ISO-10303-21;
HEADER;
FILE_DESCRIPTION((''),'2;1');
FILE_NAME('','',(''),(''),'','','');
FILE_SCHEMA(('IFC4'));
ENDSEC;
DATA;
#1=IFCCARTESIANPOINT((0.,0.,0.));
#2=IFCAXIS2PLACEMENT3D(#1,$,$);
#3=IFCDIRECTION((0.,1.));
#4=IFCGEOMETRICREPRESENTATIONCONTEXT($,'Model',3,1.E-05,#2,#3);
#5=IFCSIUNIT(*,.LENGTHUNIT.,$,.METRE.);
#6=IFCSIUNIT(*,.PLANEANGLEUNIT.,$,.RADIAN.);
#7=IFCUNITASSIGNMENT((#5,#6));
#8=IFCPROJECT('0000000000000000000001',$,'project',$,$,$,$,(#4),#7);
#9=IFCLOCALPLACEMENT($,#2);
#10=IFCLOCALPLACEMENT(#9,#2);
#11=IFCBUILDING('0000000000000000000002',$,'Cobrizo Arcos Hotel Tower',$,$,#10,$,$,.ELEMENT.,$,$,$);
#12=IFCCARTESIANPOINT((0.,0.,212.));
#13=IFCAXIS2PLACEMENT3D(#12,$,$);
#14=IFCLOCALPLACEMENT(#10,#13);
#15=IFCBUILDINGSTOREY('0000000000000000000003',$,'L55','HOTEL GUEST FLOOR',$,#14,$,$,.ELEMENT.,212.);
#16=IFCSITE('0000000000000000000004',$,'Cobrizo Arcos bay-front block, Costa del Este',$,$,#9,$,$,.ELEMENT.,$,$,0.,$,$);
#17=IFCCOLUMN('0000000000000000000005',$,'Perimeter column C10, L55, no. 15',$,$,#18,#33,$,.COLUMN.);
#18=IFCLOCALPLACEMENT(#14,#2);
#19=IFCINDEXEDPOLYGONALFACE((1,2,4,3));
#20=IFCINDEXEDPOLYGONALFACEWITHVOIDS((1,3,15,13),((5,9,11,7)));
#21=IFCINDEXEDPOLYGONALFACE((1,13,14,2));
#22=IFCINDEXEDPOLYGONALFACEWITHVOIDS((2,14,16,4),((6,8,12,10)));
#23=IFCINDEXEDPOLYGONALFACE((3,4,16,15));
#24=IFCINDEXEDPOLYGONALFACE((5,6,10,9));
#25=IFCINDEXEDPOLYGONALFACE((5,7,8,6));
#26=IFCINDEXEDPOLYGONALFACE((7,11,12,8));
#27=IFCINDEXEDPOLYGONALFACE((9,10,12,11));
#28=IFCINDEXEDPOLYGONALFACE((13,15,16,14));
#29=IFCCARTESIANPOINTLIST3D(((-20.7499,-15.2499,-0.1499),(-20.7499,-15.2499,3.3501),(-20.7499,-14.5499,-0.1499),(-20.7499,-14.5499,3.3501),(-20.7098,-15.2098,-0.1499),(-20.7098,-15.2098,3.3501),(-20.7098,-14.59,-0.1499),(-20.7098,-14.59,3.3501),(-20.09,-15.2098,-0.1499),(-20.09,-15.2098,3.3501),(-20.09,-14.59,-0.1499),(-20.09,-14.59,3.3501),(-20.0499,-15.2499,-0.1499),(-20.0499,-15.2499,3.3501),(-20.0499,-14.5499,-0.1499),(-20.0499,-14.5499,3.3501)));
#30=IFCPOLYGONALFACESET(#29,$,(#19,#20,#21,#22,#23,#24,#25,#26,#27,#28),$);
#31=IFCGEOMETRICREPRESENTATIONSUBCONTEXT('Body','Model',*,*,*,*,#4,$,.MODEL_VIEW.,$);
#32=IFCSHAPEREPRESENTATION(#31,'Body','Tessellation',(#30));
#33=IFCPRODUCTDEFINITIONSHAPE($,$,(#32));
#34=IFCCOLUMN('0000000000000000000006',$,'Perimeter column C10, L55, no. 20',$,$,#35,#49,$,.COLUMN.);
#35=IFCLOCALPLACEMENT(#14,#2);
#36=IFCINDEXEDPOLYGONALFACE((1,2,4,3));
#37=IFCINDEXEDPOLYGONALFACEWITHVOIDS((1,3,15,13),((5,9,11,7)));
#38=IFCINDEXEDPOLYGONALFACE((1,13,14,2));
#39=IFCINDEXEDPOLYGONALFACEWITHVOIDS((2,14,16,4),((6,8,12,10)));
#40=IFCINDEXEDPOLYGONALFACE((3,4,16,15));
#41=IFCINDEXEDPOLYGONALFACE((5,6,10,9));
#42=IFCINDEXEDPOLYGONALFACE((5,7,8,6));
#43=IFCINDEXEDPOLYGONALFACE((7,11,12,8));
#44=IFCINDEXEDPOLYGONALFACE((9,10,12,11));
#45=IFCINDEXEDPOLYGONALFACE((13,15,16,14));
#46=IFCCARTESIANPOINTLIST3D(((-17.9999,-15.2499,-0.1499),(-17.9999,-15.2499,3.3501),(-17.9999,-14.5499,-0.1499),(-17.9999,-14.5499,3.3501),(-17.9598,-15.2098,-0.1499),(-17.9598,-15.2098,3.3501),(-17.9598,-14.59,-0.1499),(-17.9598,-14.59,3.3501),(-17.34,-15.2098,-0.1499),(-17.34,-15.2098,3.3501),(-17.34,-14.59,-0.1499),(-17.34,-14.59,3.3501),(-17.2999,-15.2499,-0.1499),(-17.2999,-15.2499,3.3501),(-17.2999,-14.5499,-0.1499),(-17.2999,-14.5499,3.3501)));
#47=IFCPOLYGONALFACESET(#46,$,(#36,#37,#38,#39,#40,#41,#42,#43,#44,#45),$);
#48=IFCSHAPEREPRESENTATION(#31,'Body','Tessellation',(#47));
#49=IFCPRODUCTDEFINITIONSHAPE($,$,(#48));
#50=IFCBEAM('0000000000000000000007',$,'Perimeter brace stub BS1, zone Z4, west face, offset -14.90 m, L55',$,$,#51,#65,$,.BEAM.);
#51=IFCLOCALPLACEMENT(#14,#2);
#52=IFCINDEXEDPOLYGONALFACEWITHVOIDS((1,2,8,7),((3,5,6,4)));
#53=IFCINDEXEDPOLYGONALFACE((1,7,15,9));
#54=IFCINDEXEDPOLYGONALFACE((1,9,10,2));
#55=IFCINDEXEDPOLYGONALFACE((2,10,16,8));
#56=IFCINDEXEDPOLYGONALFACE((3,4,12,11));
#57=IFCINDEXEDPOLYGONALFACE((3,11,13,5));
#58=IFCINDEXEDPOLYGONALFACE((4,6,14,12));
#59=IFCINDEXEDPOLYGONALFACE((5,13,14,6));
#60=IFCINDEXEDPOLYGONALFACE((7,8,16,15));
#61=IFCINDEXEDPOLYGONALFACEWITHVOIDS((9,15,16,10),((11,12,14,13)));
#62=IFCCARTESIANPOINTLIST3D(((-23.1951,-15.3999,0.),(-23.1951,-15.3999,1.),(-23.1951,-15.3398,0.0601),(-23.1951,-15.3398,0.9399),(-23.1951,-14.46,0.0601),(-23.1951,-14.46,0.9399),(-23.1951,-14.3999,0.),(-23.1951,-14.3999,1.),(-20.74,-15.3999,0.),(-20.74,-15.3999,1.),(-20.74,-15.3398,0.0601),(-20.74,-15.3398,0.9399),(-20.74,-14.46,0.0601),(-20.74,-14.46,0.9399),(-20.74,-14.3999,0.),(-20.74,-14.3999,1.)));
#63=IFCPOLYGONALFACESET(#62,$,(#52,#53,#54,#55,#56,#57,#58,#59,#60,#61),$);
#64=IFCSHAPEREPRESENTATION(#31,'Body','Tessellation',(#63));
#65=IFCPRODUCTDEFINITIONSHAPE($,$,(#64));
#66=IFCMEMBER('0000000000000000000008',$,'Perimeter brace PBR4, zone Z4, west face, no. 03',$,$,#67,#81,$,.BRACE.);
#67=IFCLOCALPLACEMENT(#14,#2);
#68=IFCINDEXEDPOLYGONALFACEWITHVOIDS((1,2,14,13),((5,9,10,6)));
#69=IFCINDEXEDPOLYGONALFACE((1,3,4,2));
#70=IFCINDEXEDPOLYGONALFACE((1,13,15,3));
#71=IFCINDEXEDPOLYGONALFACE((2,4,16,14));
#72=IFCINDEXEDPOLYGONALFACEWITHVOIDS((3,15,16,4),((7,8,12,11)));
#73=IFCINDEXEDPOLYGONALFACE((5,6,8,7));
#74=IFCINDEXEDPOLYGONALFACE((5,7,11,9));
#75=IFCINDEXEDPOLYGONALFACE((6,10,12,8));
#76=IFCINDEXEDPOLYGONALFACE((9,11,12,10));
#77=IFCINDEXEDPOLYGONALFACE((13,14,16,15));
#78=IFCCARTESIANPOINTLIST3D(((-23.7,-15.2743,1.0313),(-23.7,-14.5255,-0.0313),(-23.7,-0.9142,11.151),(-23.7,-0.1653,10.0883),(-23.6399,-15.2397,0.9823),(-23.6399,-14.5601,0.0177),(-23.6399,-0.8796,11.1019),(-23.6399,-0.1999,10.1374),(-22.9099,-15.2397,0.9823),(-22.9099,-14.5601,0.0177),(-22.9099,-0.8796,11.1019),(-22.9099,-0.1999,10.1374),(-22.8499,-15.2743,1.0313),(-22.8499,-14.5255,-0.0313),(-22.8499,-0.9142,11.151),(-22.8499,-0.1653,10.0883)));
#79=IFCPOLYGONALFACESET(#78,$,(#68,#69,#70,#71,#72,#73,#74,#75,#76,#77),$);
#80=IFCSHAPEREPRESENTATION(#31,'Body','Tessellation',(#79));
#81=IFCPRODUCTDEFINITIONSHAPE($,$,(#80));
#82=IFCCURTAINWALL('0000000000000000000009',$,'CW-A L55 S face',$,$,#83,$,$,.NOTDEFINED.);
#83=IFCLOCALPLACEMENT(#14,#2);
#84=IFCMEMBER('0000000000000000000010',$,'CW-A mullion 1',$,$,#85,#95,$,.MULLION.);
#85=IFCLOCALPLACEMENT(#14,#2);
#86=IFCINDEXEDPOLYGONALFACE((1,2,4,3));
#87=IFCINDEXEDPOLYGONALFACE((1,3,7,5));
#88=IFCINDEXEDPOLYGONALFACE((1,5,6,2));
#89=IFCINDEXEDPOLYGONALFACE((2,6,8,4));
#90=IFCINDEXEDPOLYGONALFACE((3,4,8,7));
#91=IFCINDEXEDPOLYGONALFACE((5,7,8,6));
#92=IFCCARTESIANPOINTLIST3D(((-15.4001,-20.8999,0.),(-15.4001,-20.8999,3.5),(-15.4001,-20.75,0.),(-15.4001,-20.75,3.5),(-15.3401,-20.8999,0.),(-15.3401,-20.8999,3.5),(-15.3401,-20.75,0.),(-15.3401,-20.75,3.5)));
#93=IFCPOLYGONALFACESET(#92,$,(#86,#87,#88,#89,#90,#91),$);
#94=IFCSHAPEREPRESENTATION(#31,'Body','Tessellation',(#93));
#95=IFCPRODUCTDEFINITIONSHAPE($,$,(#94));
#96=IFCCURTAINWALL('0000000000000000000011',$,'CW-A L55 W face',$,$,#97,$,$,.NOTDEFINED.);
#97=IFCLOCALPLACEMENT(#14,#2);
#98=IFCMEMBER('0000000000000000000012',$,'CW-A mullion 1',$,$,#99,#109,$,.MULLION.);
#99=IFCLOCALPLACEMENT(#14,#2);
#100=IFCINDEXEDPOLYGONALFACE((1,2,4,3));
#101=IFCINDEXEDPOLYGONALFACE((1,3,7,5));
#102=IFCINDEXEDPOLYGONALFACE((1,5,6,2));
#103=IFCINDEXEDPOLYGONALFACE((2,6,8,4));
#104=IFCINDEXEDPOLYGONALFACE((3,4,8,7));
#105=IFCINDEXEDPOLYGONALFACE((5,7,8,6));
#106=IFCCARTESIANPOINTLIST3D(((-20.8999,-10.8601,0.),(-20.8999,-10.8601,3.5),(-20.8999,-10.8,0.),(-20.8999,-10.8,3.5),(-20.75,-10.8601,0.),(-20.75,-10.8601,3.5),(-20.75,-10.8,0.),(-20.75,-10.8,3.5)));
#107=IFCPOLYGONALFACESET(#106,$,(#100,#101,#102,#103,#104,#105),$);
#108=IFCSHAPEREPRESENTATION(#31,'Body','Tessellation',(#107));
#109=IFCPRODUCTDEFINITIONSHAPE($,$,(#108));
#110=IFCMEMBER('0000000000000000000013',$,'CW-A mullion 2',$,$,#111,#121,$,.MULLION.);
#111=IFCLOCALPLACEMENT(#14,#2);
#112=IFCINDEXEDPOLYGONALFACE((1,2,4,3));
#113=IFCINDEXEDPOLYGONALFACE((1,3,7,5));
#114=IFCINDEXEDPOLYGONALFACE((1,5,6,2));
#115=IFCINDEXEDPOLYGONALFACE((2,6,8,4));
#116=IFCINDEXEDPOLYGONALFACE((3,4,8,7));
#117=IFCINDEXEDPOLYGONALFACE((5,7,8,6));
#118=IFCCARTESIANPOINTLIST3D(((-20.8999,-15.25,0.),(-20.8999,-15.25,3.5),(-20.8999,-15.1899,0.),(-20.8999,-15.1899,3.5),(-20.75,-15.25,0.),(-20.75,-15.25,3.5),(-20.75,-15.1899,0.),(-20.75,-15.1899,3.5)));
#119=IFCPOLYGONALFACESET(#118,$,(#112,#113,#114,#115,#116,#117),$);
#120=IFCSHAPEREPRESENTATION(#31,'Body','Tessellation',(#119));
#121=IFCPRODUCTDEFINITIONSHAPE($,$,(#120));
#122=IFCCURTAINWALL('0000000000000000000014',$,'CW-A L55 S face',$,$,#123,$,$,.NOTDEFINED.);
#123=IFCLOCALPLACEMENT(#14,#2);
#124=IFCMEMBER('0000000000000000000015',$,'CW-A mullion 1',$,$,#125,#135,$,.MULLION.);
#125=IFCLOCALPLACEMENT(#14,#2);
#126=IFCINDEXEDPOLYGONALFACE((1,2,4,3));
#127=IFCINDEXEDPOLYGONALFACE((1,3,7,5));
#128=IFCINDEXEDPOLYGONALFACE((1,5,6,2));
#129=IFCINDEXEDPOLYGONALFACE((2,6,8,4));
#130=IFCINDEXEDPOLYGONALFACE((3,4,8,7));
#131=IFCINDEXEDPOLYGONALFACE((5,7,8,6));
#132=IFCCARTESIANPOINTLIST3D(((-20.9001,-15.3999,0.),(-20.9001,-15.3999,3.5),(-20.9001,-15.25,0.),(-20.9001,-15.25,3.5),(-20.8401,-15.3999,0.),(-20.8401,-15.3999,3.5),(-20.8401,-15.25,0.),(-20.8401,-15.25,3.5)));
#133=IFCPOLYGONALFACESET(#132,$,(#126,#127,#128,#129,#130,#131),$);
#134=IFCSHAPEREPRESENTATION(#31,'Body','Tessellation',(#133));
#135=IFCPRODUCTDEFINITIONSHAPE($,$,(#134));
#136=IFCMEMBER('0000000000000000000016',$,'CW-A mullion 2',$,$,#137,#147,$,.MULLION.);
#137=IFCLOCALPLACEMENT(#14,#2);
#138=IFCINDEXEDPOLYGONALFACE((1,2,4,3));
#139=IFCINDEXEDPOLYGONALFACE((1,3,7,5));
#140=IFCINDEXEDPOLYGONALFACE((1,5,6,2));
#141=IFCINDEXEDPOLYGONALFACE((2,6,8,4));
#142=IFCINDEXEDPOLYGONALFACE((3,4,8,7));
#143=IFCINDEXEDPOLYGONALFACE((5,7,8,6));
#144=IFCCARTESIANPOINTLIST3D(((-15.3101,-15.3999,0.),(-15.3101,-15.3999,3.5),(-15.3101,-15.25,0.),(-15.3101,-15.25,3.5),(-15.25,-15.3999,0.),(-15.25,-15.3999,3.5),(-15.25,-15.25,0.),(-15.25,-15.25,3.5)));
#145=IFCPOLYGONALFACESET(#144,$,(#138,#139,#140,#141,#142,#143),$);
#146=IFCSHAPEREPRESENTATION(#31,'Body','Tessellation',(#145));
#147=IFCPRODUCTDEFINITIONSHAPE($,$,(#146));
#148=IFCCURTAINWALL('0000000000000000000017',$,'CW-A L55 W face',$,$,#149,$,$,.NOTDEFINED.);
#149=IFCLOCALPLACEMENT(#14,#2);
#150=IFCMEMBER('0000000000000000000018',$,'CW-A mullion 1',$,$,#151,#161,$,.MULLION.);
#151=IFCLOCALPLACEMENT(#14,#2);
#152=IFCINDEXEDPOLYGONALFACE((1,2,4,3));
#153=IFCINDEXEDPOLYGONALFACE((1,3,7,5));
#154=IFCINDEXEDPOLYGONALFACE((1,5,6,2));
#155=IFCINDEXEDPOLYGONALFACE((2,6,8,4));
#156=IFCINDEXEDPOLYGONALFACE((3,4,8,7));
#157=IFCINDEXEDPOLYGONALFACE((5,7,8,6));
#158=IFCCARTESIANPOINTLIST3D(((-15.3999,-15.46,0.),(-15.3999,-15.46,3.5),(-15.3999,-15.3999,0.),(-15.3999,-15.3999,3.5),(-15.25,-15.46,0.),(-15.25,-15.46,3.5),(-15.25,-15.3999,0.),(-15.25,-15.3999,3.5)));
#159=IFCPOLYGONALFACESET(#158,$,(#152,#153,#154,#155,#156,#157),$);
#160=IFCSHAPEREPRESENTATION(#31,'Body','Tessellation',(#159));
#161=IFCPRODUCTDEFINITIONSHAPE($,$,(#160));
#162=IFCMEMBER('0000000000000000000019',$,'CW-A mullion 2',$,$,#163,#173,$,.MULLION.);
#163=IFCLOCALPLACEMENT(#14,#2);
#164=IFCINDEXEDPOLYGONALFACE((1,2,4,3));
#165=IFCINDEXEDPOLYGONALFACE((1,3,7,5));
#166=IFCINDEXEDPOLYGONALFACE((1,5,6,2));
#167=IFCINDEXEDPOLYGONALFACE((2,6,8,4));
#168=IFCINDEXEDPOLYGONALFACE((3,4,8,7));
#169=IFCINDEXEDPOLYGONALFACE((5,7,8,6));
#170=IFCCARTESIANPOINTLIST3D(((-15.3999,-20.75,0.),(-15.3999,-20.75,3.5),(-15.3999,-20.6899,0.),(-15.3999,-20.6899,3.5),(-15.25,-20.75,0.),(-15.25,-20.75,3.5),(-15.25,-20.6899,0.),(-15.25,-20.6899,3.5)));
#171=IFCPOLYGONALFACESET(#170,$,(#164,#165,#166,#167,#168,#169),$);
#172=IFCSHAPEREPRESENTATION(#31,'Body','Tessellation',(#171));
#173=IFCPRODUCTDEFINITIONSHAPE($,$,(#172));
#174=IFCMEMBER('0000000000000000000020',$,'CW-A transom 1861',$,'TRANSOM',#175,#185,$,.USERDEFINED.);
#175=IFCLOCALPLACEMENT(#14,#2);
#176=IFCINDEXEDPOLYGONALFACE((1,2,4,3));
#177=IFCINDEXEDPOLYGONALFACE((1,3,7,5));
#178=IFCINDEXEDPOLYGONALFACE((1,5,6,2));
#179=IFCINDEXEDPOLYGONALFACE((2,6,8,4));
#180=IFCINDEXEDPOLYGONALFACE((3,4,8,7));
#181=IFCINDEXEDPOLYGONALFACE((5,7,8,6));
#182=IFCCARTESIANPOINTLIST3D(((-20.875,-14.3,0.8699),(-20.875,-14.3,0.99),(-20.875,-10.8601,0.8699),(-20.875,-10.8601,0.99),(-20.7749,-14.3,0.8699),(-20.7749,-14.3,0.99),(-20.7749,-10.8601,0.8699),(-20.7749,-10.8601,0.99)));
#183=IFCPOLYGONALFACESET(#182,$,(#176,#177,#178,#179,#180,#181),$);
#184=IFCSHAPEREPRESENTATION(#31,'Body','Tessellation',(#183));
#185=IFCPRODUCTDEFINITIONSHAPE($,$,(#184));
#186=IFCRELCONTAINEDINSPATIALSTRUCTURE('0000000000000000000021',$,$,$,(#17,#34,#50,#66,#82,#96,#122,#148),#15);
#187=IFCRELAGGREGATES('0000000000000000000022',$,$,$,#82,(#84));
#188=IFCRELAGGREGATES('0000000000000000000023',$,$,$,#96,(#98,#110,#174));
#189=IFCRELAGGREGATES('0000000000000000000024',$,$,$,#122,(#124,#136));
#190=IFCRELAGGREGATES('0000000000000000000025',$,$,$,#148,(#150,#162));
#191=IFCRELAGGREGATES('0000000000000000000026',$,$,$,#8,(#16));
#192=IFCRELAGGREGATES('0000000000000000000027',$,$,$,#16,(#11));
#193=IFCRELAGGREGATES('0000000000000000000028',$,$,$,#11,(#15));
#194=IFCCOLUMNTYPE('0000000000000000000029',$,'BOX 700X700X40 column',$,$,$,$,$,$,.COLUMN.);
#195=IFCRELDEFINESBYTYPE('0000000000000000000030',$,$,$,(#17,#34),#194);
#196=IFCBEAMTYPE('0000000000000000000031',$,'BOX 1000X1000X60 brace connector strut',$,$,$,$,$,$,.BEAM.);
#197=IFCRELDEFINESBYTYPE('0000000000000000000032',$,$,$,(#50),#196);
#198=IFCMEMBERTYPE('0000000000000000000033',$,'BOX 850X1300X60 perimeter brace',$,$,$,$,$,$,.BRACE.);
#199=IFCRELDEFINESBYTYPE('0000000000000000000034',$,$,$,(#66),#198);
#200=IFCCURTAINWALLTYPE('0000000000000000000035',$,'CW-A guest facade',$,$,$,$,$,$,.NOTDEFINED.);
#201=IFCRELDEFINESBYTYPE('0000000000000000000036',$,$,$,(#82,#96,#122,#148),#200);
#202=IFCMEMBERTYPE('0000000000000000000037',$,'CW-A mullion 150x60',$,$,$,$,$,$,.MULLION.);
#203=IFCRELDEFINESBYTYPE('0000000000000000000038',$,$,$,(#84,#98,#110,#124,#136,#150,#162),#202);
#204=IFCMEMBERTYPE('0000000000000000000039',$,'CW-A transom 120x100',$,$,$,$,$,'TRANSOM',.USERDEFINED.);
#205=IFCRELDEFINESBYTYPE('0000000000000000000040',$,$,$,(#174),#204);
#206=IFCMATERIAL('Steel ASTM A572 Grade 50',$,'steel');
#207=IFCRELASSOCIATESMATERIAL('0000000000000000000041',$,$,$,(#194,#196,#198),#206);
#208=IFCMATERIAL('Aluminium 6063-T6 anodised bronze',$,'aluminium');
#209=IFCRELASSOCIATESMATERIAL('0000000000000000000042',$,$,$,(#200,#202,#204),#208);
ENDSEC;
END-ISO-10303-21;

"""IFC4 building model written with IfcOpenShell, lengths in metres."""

from ifc_helpers import new_model, si_unit, direction, frame, origin, origin_2d, place, context, subcontext, project, spatial, rectangle, hollow_rectangle, extrude, material, material_profile, profile_set, type_object, element, aggregate, save


model = new_model("IFC4")

# Units and contexts
model_context = context("Model", 3, precision=1e-05, world=origin(), true_north=direction((0.0, 1.0)))
body_context = subcontext(model_context, "Body", "Model", "MODEL_VIEW")
ifc_project = project(units=[si_unit("LENGTHUNIT", "METRE"), si_unit("PLANEANGLEUNIT", "RADIAN")], contexts=[model_context])

# Site, building, storey
site_placement = place(None, origin())
site = spatial("IfcSite", under=ifc_project, at=site_placement, Name="Cobrizo Arcos bay-front block, Costa del Este", CompositionType="ELEMENT", RefElevation=0.0)
building_placement = place(site_placement, origin())
building = spatial("IfcBuilding", under=site, at=building_placement, Name="Cobrizo Arcos Hotel Tower", CompositionType="ELEMENT")
storey_placement = place(building_placement, frame((0.0, 0.0, 212.0)))
storey = spatial("IfcBuildingStorey", under=building, at=storey_placement, Name="L55", Description="HOTEL GUEST FLOOR", CompositionType="ELEMENT", Elevation=212.0)

# Columns
ifc_material_1 = material(Name="Steel ASTM A572 Grade 50", Category="steel")
ifc_material_profile_1 = material_profile(ifc_material_1, hollow_rectangle(XDim=0.7, YDim=0.7, WallThickness=0.04, at=origin_2d()), Name="BOX 700X700X40")
ifc_profile_set_1 = profile_set([ifc_material_profile_1], Name="Steel ASTM A572 Grade 50")
column_type = type_object("IfcColumnType", Name="BOX 700X700X40 column", PredefinedType="COLUMN", material=ifc_profile_set_1)
for number, where, z_axis, x_axis, name in (
    (1, (-20.3999, -14.8999, -0.1499), (0.0, 0.0, 1.0), (1.0, 0.0, 0.0), "Perimeter column C10, L55, no. 15"),
    (2, (-17.6499, -14.8999, -0.1499), (0.0, 0.0, 1.0), (1.0, 0.0, 0.0), "Perimeter column C10, L55, no. 20"),
):
    element("IfcColumn", number, at=place(storey_placement, frame(where, z_axis=z_axis, x_axis=x_axis)), inside=storey, type_object=column_type, Name=name, PredefinedType="COLUMN", context=body_context, shape_type="SweptSolid", body=[
        extrude(hollow_rectangle(XDim=0.7, YDim=0.7, WallThickness=0.04, at=origin_2d()), origin(), (0.0, 0.0, 1.0), 3.5),
    ])

# Beam
ifc_material_profile_2 = material_profile(ifc_material_1, hollow_rectangle(XDim=1.0, YDim=1.0, WallThickness=0.0601, at=origin_2d()), Name="BOX 1000X1000X60")
ifc_profile_set_2 = profile_set([ifc_material_profile_2], Name="Steel ASTM A572 Grade 50")
beam_type_1 = type_object("IfcBeamType", Name="BOX 1000X1000X60 brace connector strut", PredefinedType="BEAM", material=ifc_profile_set_2)
beam_1_placement = place(storey_placement, frame((-20.74, -14.8999, 0.5), z_axis=(-1.0, 0.0, 0.0), x_axis=(0.0, -1.0, 0.0)))
element("IfcBeam", 3, at=beam_1_placement, inside=storey, type_object=beam_type_1, Name="Perimeter brace stub BS1, zone Z4, west face, offset -14.90 m, L55", PredefinedType="BEAM", context=body_context, shape_type="SweptSolid", body=[
    extrude(hollow_rectangle(XDim=1.0, YDim=1.0, WallThickness=0.0601, at=origin_2d()), origin(), (0.0, 0.0, 1.0), 2.4551),
])

# Member
ifc_material_profile_3 = material_profile(ifc_material_1, hollow_rectangle(XDim=0.8501, YDim=1.3, WallThickness=0.0601, at=origin_2d()), Name="BOX 850X1300X60")
ifc_profile_set_3 = profile_set([ifc_material_profile_3], Name="Steel ASTM A572 Grade 50")
member_type_1 = type_object("IfcMemberType", Name="BOX 850X1300X60 perimeter brace", PredefinedType="BRACE", material=ifc_profile_set_3)
member_1_placement = place(storey_placement, frame((-23.2749, -14.8999, 0.5), z_axis=(0.0, 0.817421, 0.57604), x_axis=(-1.0, 0.0, 0.0)))
element("IfcMember", 4, at=member_1_placement, inside=storey, type_object=member_type_1, Name="Perimeter brace PBR4, zone Z4, west face, no. 03", PredefinedType="BRACE", context=body_context, shape_type="SweptSolid", body=[
    extrude(hollow_rectangle(XDim=0.8501, YDim=1.3, WallThickness=0.0601, at=origin_2d()), origin(), (0.0, 0.0, 1.0), 17.5676),
])

# Curtain wall, member
ifc_material_2 = material(Name="Aluminium 6063-T6 anodised bronze", Category="aluminium")
curtain_wall_type = type_object("IfcCurtainWallType", Name="CW-A guest facade", PredefinedType="NOTDEFINED", material=ifc_material_2)
curtain_wall_1_placement = place(storey_placement, origin())
curtain_wall_1 = element("IfcCurtainWall", 5, at=curtain_wall_1_placement, inside=storey, type_object=curtain_wall_type, Name="CW-A L55 S face", PredefinedType="NOTDEFINED")
ifc_material_profile_4 = material_profile(ifc_material_2, rectangle(XDim=0.1499, YDim=0.0601, at=origin_2d()), Name="CW-A mullion 150x60")
ifc_profile_set_4 = profile_set([ifc_material_profile_4], Name="Aluminium 6063-T6 anodised bronze")
member_type_2 = type_object("IfcMemberType", Name="CW-A mullion 150x60", PredefinedType="MULLION", material=ifc_profile_set_4)
member_2_placement = place(storey_placement, frame((-15.3701, -20.825, 0.0), z_axis=(0.0, 0.0, 1.0), x_axis=(0.0, -1.0, 0.0)))
member_2 = element("IfcMember", 6, at=member_2_placement, type_object=member_type_2, Name="CW-A mullion 1", PredefinedType="MULLION", context=body_context, shape_type="SweptSolid", body=[
    extrude(rectangle(XDim=0.1499, YDim=0.0601, at=origin_2d()), origin(), (0.0, 0.0, 1.0), 3.5),
])
aggregate(curtain_wall_1, [member_2])

# Curtain walls, members
curtain_wall_2_placement = place(storey_placement, origin())
curtain_wall_2 = element("IfcCurtainWall", 7, at=curtain_wall_2_placement, inside=storey, type_object=curtain_wall_type, Name="CW-A L55 W face", PredefinedType="NOTDEFINED")
member_3_placement = place(storey_placement, frame((-20.825, -10.8301, 0.0), z_axis=(0.0, 0.0, 1.0), x_axis=(-1.0, 0.0, 0.0)))
member_3 = element("IfcMember", 8, at=member_3_placement, type_object=member_type_2, Name="CW-A mullion 1", PredefinedType="MULLION", context=body_context, shape_type="SweptSolid", body=[
    extrude(rectangle(XDim=0.1499, YDim=0.0601, at=origin_2d()), origin(), (0.0, 0.0, 1.0), 3.5),
])
member_4_placement = place(storey_placement, frame((-20.825, -15.22, 0.0), z_axis=(0.0, 0.0, 1.0), x_axis=(-1.0, 0.0, 0.0)))
member_4 = element("IfcMember", 9, at=member_4_placement, type_object=member_type_2, Name="CW-A mullion 2", PredefinedType="MULLION", context=body_context, shape_type="SweptSolid", body=[
    extrude(rectangle(XDim=0.1499, YDim=0.0601, at=origin_2d()), origin(), (0.0, 0.0, 1.0), 3.5),
])
curtain_wall_3_placement = place(storey_placement, origin())
curtain_wall_3 = element("IfcCurtainWall", 10, at=curtain_wall_3_placement, inside=storey, type_object=curtain_wall_type, Name="CW-A L55 S face", PredefinedType="NOTDEFINED")
member_5_placement = place(storey_placement, frame((-20.8701, -15.325, 0.0), z_axis=(0.0, 0.0, 1.0), x_axis=(0.0, -1.0, 0.0)))
member_5 = element("IfcMember", 11, at=member_5_placement, type_object=member_type_2, Name="CW-A mullion 1", PredefinedType="MULLION", context=body_context, shape_type="SweptSolid", body=[
    extrude(rectangle(XDim=0.1499, YDim=0.0601, at=origin_2d()), origin(), (0.0, 0.0, 1.0), 3.5),
])
member_6_placement = place(storey_placement, frame((-15.28, -15.325, 0.0), z_axis=(0.0, 0.0, 1.0), x_axis=(0.0, -1.0, 0.0)))
member_6 = element("IfcMember", 12, at=member_6_placement, type_object=member_type_2, Name="CW-A mullion 2", PredefinedType="MULLION", context=body_context, shape_type="SweptSolid", body=[
    extrude(rectangle(XDim=0.1499, YDim=0.0601, at=origin_2d()), origin(), (0.0, 0.0, 1.0), 3.5),
])
curtain_wall_4_placement = place(storey_placement, origin())
curtain_wall_4 = element("IfcCurtainWall", 13, at=curtain_wall_4_placement, inside=storey, type_object=curtain_wall_type, Name="CW-A L55 W face", PredefinedType="NOTDEFINED")
member_7_placement = place(storey_placement, frame((-15.325, -15.4299, 0.0), z_axis=(0.0, 0.0, 1.0), x_axis=(-1.0, 0.0, 0.0)))
member_7 = element("IfcMember", 14, at=member_7_placement, type_object=member_type_2, Name="CW-A mullion 1", PredefinedType="MULLION", context=body_context, shape_type="SweptSolid", body=[
    extrude(rectangle(XDim=0.1499, YDim=0.0601, at=origin_2d()), origin(), (0.0, 0.0, 1.0), 3.5),
])
member_8_placement = place(storey_placement, frame((-15.325, -20.72, 0.0), z_axis=(0.0, 0.0, 1.0), x_axis=(-1.0, 0.0, 0.0)))
member_8 = element("IfcMember", 15, at=member_8_placement, type_object=member_type_2, Name="CW-A mullion 2", PredefinedType="MULLION", context=body_context, shape_type="SweptSolid", body=[
    extrude(rectangle(XDim=0.1499, YDim=0.0601, at=origin_2d()), origin(), (0.0, 0.0, 1.0), 3.5),
])

# Member
ifc_material_profile_5 = material_profile(ifc_material_2, rectangle(XDim=0.1001, YDim=0.1201, at=origin_2d()), Name="CW-A transom 120x100")
ifc_profile_set_5 = profile_set([ifc_material_profile_5], Name="Aluminium 6063-T6 anodised bronze")
member_type_3 = type_object("IfcMemberType", Name="CW-A transom 120x100", ElementType="TRANSOM", PredefinedType="USERDEFINED", material=ifc_profile_set_5)
member_9_placement = place(storey_placement, frame((-20.825, -10.8601, 0.9299), z_axis=(0.0, -1.0, 0.0), x_axis=(1.0, 0.0, 0.0)))
member_9 = element("IfcMember", 16, at=member_9_placement, type_object=member_type_3, Name="CW-A transom 1861", ObjectType="TRANSOM", PredefinedType="USERDEFINED", context=body_context, shape_type="SweptSolid", body=[
    extrude(rectangle(XDim=0.1001, YDim=0.1201, at=origin_2d()), origin(), (0.0, 0.0, 1.0), 3.4399),
])

aggregate(curtain_wall_2, [member_3, member_4, member_9])
aggregate(curtain_wall_3, [member_5, member_6])
aggregate(curtain_wall_4, [member_7, member_8])

save(model, "model.ifc")
